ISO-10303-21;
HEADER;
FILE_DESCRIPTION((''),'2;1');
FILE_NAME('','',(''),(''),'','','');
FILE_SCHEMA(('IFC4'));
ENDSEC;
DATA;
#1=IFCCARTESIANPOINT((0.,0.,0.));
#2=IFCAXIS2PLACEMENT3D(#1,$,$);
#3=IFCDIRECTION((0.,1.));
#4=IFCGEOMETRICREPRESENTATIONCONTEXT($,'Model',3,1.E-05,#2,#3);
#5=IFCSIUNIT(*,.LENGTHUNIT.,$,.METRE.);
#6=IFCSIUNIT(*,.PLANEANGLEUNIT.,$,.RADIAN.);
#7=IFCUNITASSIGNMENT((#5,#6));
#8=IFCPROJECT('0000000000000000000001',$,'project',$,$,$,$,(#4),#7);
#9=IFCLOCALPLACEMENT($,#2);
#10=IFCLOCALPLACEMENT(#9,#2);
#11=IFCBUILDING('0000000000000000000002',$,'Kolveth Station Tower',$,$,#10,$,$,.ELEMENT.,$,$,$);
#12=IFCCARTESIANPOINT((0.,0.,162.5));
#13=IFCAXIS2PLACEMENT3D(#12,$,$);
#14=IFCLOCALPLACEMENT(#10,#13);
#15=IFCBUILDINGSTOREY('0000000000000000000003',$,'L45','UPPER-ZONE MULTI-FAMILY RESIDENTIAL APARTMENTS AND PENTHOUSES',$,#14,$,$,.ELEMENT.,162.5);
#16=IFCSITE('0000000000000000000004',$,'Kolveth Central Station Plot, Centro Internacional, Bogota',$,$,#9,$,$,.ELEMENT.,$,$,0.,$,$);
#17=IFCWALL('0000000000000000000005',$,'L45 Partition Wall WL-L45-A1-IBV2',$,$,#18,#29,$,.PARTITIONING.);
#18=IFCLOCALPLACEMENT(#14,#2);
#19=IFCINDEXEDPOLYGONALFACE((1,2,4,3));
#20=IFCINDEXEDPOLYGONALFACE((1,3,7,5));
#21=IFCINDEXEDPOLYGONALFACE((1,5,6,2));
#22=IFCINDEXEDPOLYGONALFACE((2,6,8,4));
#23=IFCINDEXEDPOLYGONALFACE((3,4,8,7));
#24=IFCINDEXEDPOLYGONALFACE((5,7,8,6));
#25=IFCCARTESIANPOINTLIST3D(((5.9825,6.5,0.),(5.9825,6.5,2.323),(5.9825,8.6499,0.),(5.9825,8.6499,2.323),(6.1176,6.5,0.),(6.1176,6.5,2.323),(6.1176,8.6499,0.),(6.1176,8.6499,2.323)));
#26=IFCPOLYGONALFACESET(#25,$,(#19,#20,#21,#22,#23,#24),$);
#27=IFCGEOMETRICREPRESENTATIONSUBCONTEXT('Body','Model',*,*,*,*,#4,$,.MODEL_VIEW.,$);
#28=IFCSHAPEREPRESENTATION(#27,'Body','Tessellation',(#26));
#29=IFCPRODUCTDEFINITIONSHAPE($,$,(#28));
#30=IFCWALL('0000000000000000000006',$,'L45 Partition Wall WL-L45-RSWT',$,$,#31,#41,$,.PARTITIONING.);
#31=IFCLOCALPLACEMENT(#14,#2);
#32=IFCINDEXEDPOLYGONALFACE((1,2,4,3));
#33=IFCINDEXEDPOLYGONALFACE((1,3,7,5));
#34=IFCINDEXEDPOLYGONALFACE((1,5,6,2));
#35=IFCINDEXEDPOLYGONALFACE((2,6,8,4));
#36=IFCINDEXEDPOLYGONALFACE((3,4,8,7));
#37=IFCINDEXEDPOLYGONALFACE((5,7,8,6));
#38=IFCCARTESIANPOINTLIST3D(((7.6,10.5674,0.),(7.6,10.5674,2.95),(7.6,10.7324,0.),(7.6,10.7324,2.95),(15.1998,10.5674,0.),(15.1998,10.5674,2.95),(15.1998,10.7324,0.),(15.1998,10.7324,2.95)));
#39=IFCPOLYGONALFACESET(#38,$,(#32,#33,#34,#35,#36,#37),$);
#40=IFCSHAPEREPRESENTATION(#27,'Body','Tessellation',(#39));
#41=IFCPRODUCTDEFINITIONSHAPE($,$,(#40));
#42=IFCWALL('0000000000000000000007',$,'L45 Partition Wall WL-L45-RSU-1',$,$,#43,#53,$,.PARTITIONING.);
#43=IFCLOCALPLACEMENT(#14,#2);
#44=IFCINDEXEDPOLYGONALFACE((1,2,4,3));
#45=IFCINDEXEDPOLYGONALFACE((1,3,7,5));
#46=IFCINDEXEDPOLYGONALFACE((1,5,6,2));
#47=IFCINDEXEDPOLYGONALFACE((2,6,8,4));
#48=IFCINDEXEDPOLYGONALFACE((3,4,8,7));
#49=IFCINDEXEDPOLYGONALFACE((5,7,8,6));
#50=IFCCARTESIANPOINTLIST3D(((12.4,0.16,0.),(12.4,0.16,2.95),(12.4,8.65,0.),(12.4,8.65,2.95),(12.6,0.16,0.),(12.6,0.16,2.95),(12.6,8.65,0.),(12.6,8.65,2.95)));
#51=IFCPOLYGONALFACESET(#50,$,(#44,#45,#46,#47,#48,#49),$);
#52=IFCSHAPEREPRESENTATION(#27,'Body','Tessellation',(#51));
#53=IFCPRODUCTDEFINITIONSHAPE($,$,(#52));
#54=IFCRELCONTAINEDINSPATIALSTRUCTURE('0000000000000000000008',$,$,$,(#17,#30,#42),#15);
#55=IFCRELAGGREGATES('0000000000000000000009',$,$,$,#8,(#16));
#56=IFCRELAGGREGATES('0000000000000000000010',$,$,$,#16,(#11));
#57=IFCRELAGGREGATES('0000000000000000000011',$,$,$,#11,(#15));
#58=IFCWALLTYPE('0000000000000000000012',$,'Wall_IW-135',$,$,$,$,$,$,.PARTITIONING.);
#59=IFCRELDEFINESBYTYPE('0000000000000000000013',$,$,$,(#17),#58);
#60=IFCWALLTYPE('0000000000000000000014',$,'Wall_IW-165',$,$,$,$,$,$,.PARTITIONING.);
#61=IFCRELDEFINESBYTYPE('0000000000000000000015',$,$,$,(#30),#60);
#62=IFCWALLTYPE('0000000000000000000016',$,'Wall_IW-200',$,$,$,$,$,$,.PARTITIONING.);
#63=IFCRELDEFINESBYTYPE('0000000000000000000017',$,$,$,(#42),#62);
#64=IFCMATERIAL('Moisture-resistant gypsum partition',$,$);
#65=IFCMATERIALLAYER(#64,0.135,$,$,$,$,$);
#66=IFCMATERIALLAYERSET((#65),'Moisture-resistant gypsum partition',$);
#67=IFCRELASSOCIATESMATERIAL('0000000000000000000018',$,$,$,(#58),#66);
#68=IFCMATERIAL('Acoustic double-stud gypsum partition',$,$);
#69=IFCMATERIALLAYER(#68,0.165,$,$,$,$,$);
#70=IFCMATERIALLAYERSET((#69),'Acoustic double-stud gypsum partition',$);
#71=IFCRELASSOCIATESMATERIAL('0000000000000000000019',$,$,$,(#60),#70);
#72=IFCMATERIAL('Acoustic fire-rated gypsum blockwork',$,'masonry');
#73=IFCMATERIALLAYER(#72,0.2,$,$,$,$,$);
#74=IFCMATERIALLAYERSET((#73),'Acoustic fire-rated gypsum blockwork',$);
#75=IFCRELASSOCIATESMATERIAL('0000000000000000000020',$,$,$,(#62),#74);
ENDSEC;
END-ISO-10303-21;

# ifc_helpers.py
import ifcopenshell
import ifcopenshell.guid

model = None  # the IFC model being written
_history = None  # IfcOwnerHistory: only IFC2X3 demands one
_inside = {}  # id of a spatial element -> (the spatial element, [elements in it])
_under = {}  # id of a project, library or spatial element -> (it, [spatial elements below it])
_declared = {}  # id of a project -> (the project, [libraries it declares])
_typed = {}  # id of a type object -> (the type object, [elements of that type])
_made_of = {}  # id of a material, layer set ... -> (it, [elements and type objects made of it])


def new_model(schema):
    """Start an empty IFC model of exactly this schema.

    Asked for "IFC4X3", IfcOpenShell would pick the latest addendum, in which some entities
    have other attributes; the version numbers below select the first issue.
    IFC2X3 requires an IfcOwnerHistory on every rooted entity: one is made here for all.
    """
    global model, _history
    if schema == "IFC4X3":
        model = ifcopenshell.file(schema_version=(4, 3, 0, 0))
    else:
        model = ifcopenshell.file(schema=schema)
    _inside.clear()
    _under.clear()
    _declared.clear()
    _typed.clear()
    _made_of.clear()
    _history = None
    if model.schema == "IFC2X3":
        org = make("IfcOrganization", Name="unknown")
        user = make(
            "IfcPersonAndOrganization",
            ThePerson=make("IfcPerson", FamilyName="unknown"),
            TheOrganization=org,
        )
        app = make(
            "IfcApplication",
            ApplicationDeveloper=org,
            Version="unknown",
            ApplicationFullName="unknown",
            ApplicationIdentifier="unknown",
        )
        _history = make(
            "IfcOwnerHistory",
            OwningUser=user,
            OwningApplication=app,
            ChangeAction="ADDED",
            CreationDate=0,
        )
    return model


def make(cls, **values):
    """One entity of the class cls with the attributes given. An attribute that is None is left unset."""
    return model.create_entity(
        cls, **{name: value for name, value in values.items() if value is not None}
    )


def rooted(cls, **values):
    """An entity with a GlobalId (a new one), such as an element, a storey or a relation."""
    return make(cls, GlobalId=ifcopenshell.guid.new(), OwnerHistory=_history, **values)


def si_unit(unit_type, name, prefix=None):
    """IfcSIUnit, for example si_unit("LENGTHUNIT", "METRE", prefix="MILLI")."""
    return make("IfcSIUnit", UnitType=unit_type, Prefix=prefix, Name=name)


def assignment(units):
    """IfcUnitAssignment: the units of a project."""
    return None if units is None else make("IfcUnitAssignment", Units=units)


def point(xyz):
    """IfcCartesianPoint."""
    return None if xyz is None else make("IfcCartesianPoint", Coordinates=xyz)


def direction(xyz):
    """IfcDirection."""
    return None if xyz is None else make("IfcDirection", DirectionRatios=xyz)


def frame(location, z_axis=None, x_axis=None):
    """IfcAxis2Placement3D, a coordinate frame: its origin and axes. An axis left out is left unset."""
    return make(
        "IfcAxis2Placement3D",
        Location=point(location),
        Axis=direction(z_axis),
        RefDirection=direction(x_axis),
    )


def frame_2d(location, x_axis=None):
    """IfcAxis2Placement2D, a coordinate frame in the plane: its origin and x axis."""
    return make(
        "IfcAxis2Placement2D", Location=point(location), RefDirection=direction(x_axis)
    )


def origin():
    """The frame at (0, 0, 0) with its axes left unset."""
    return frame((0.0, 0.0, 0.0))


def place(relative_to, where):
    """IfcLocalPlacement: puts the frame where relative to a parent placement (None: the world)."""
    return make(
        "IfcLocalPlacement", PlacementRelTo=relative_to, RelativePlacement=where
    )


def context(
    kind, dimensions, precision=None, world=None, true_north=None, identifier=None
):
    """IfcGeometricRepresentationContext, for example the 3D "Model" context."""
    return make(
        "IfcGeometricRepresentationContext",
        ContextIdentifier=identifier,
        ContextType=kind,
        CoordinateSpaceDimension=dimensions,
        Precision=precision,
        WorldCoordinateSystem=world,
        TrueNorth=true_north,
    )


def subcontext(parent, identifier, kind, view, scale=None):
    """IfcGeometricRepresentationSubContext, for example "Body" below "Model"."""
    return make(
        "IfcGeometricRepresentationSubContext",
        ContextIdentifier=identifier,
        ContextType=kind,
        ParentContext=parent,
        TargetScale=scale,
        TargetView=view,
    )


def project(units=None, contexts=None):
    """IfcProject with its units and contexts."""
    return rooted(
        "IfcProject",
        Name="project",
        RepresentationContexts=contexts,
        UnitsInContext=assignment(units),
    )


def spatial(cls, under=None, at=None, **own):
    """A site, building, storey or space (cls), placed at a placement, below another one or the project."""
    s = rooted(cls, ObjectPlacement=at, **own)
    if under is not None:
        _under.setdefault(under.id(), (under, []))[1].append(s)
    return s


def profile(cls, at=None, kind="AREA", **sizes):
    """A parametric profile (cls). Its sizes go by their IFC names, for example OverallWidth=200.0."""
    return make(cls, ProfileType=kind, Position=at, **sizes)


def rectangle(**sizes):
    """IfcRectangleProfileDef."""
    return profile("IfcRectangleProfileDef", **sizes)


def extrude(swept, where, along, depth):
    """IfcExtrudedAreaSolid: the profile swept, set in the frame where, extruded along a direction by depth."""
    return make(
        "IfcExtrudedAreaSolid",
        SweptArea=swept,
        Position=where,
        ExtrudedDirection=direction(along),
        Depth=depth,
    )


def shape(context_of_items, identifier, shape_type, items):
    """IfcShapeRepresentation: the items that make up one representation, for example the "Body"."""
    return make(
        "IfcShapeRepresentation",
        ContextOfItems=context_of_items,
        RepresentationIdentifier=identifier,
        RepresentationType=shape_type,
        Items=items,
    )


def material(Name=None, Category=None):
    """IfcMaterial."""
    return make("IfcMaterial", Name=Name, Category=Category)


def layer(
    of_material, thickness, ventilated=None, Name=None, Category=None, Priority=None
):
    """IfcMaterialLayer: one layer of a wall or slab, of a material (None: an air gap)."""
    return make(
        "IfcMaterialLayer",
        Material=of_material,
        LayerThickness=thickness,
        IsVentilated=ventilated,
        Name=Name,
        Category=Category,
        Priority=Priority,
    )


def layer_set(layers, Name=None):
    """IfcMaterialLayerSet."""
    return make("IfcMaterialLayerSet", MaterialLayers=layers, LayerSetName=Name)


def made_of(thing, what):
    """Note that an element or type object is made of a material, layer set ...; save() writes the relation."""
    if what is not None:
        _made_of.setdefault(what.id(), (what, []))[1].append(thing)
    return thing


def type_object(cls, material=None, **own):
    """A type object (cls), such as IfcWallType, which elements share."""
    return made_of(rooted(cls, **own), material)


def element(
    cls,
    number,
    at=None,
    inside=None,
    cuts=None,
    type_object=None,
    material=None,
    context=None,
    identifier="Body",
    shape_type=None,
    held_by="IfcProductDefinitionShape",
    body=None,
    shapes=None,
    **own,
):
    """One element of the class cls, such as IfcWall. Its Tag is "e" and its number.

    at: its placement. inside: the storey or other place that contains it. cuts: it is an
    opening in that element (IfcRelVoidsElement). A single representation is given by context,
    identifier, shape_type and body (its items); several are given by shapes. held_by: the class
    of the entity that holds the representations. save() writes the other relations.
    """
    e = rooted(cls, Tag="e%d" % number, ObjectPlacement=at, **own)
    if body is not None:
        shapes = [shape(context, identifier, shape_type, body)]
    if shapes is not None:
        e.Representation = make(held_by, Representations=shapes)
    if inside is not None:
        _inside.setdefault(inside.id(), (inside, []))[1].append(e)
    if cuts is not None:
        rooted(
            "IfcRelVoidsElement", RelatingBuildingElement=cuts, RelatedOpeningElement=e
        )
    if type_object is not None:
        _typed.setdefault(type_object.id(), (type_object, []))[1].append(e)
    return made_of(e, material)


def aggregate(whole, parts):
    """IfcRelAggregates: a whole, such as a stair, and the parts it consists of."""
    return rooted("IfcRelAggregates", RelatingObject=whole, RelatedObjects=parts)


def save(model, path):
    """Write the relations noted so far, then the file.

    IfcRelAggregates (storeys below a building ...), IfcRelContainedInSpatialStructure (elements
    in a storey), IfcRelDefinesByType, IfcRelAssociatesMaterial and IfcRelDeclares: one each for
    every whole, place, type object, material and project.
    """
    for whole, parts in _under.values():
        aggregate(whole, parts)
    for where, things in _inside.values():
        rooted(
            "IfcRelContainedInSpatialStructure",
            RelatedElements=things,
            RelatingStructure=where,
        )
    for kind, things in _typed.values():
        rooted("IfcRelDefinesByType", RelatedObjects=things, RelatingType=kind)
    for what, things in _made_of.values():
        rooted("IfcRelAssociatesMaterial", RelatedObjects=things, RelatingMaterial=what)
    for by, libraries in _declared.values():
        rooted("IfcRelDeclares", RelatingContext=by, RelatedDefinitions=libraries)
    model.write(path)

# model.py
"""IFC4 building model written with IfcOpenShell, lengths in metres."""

from ifc_helpers import new_model, si_unit, direction, frame, frame_2d, origin, place, context, subcontext, project, spatial, rectangle, extrude, material, layer, layer_set, type_object, element, save


model = new_model("IFC4")

# Units and contexts
model_context = context("Model", 3, precision=1e-05, world=origin(), true_north=direction((0.0, 1.0)))
body_context = subcontext(model_context, "Body", "Model", "MODEL_VIEW")
ifc_project = project(units=[si_unit("LENGTHUNIT", "METRE"), si_unit("PLANEANGLEUNIT", "RADIAN")], contexts=[model_context])

# Site, building, storey
site_placement = place(None, origin())
site = spatial("IfcSite", under=ifc_project, at=site_placement, Name="Kolveth Central Station Plot, Centro Internacional, Bogota", CompositionType="ELEMENT", RefElevation=0.0)
building_placement = place(site_placement, origin())
building = spatial("IfcBuilding", under=site, at=building_placement, Name="Kolveth Station Tower", CompositionType="ELEMENT")
storey_placement = place(building_placement, frame((0.0, 0.0, 162.5)))
storey = spatial("IfcBuildingStorey", under=building, at=storey_placement, Name="L45", Description="UPPER-ZONE MULTI-FAMILY RESIDENTIAL APARTMENTS AND PENTHOUSES", CompositionType="ELEMENT", Elevation=162.5)

# Walls
ifc_material_1 = material(Name="Moisture-resistant gypsum partition")
ifc_layer_1 = layer(ifc_material_1, 0.135)
ifc_layer_set_1 = layer_set([ifc_layer_1], Name="Moisture-resistant gypsum partition")
wall_type_1 = type_object("IfcWallType", Name="Wall_IW-135", PredefinedType="PARTITIONING", material=ifc_layer_set_1)
wall_1_placement = place(storey_placement, frame((6.05, 6.5, 0.0), z_axis=(0.0, 0.0, 1.0), x_axis=(0.0, 1.0, 0.0)))
element("IfcWall", 1, at=wall_1_placement, inside=storey, type_object=wall_type_1, Name="L45 Partition Wall WL-L45-A1-IBV2", PredefinedType="PARTITIONING", context=body_context, shape_type="SweptSolid", body=[
    extrude(rectangle(XDim=2.1499, YDim=0.135, at=frame_2d((1.075, 0.0))), origin(), (0.0, 0.0, 1.0), 2.323),
])
ifc_material_2 = material(Name="Acoustic double-stud gypsum partition")
ifc_layer_2 = layer(ifc_material_2, 0.165)
ifc_layer_set_2 = layer_set([ifc_layer_2], Name="Acoustic double-stud gypsum partition")
wall_type_2 = type_object("IfcWallType", Name="Wall_IW-165", PredefinedType="PARTITIONING", material=ifc_layer_set_2)
wall_2_placement = place(storey_placement, frame((7.6001, 10.6499, 0.0), z_axis=(0.0, 0.0, 1.0), x_axis=(1.0, 0.0, 0.0)))
element("IfcWall", 2, at=wall_2_placement, inside=storey, type_object=wall_type_2, Name="L45 Partition Wall WL-L45-RSWT", PredefinedType="PARTITIONING", context=body_context, shape_type="SweptSolid", body=[
    extrude(rectangle(XDim=7.5999, YDim=0.165, at=frame_2d((3.7998, 0.0))), origin(), (0.0, 0.0, 1.0), 2.95),
])

# Wall
ifc_material_3 = material(Name="Acoustic fire-rated gypsum blockwork", Category="masonry")
ifc_layer_3 = layer(ifc_material_3, 0.2)
ifc_layer_set_3 = layer_set([ifc_layer_3], Name="Acoustic fire-rated gypsum blockwork")
wall_type_3 = type_object("IfcWallType", Name="Wall_IW-200", PredefinedType="PARTITIONING", material=ifc_layer_set_3)
wall_3_placement = place(storey_placement, frame((12.5, 0.1599, 0.0), z_axis=(0.0, 0.0, 1.0), x_axis=(0.0, 1.0, 0.0)))
element("IfcWall", 3, at=wall_3_placement, inside=storey, type_object=wall_type_3, Name="L45 Partition Wall WL-L45-RSU-1", PredefinedType="PARTITIONING", context=body_context, shape_type="SweptSolid", body=[
    extrude(rectangle(XDim=8.49, YDim=0.2, at=frame_2d((4.2451, 0.0))), origin(), (0.0, 0.0, 1.0), 2.95),
])

save(model, "model.ifc")
